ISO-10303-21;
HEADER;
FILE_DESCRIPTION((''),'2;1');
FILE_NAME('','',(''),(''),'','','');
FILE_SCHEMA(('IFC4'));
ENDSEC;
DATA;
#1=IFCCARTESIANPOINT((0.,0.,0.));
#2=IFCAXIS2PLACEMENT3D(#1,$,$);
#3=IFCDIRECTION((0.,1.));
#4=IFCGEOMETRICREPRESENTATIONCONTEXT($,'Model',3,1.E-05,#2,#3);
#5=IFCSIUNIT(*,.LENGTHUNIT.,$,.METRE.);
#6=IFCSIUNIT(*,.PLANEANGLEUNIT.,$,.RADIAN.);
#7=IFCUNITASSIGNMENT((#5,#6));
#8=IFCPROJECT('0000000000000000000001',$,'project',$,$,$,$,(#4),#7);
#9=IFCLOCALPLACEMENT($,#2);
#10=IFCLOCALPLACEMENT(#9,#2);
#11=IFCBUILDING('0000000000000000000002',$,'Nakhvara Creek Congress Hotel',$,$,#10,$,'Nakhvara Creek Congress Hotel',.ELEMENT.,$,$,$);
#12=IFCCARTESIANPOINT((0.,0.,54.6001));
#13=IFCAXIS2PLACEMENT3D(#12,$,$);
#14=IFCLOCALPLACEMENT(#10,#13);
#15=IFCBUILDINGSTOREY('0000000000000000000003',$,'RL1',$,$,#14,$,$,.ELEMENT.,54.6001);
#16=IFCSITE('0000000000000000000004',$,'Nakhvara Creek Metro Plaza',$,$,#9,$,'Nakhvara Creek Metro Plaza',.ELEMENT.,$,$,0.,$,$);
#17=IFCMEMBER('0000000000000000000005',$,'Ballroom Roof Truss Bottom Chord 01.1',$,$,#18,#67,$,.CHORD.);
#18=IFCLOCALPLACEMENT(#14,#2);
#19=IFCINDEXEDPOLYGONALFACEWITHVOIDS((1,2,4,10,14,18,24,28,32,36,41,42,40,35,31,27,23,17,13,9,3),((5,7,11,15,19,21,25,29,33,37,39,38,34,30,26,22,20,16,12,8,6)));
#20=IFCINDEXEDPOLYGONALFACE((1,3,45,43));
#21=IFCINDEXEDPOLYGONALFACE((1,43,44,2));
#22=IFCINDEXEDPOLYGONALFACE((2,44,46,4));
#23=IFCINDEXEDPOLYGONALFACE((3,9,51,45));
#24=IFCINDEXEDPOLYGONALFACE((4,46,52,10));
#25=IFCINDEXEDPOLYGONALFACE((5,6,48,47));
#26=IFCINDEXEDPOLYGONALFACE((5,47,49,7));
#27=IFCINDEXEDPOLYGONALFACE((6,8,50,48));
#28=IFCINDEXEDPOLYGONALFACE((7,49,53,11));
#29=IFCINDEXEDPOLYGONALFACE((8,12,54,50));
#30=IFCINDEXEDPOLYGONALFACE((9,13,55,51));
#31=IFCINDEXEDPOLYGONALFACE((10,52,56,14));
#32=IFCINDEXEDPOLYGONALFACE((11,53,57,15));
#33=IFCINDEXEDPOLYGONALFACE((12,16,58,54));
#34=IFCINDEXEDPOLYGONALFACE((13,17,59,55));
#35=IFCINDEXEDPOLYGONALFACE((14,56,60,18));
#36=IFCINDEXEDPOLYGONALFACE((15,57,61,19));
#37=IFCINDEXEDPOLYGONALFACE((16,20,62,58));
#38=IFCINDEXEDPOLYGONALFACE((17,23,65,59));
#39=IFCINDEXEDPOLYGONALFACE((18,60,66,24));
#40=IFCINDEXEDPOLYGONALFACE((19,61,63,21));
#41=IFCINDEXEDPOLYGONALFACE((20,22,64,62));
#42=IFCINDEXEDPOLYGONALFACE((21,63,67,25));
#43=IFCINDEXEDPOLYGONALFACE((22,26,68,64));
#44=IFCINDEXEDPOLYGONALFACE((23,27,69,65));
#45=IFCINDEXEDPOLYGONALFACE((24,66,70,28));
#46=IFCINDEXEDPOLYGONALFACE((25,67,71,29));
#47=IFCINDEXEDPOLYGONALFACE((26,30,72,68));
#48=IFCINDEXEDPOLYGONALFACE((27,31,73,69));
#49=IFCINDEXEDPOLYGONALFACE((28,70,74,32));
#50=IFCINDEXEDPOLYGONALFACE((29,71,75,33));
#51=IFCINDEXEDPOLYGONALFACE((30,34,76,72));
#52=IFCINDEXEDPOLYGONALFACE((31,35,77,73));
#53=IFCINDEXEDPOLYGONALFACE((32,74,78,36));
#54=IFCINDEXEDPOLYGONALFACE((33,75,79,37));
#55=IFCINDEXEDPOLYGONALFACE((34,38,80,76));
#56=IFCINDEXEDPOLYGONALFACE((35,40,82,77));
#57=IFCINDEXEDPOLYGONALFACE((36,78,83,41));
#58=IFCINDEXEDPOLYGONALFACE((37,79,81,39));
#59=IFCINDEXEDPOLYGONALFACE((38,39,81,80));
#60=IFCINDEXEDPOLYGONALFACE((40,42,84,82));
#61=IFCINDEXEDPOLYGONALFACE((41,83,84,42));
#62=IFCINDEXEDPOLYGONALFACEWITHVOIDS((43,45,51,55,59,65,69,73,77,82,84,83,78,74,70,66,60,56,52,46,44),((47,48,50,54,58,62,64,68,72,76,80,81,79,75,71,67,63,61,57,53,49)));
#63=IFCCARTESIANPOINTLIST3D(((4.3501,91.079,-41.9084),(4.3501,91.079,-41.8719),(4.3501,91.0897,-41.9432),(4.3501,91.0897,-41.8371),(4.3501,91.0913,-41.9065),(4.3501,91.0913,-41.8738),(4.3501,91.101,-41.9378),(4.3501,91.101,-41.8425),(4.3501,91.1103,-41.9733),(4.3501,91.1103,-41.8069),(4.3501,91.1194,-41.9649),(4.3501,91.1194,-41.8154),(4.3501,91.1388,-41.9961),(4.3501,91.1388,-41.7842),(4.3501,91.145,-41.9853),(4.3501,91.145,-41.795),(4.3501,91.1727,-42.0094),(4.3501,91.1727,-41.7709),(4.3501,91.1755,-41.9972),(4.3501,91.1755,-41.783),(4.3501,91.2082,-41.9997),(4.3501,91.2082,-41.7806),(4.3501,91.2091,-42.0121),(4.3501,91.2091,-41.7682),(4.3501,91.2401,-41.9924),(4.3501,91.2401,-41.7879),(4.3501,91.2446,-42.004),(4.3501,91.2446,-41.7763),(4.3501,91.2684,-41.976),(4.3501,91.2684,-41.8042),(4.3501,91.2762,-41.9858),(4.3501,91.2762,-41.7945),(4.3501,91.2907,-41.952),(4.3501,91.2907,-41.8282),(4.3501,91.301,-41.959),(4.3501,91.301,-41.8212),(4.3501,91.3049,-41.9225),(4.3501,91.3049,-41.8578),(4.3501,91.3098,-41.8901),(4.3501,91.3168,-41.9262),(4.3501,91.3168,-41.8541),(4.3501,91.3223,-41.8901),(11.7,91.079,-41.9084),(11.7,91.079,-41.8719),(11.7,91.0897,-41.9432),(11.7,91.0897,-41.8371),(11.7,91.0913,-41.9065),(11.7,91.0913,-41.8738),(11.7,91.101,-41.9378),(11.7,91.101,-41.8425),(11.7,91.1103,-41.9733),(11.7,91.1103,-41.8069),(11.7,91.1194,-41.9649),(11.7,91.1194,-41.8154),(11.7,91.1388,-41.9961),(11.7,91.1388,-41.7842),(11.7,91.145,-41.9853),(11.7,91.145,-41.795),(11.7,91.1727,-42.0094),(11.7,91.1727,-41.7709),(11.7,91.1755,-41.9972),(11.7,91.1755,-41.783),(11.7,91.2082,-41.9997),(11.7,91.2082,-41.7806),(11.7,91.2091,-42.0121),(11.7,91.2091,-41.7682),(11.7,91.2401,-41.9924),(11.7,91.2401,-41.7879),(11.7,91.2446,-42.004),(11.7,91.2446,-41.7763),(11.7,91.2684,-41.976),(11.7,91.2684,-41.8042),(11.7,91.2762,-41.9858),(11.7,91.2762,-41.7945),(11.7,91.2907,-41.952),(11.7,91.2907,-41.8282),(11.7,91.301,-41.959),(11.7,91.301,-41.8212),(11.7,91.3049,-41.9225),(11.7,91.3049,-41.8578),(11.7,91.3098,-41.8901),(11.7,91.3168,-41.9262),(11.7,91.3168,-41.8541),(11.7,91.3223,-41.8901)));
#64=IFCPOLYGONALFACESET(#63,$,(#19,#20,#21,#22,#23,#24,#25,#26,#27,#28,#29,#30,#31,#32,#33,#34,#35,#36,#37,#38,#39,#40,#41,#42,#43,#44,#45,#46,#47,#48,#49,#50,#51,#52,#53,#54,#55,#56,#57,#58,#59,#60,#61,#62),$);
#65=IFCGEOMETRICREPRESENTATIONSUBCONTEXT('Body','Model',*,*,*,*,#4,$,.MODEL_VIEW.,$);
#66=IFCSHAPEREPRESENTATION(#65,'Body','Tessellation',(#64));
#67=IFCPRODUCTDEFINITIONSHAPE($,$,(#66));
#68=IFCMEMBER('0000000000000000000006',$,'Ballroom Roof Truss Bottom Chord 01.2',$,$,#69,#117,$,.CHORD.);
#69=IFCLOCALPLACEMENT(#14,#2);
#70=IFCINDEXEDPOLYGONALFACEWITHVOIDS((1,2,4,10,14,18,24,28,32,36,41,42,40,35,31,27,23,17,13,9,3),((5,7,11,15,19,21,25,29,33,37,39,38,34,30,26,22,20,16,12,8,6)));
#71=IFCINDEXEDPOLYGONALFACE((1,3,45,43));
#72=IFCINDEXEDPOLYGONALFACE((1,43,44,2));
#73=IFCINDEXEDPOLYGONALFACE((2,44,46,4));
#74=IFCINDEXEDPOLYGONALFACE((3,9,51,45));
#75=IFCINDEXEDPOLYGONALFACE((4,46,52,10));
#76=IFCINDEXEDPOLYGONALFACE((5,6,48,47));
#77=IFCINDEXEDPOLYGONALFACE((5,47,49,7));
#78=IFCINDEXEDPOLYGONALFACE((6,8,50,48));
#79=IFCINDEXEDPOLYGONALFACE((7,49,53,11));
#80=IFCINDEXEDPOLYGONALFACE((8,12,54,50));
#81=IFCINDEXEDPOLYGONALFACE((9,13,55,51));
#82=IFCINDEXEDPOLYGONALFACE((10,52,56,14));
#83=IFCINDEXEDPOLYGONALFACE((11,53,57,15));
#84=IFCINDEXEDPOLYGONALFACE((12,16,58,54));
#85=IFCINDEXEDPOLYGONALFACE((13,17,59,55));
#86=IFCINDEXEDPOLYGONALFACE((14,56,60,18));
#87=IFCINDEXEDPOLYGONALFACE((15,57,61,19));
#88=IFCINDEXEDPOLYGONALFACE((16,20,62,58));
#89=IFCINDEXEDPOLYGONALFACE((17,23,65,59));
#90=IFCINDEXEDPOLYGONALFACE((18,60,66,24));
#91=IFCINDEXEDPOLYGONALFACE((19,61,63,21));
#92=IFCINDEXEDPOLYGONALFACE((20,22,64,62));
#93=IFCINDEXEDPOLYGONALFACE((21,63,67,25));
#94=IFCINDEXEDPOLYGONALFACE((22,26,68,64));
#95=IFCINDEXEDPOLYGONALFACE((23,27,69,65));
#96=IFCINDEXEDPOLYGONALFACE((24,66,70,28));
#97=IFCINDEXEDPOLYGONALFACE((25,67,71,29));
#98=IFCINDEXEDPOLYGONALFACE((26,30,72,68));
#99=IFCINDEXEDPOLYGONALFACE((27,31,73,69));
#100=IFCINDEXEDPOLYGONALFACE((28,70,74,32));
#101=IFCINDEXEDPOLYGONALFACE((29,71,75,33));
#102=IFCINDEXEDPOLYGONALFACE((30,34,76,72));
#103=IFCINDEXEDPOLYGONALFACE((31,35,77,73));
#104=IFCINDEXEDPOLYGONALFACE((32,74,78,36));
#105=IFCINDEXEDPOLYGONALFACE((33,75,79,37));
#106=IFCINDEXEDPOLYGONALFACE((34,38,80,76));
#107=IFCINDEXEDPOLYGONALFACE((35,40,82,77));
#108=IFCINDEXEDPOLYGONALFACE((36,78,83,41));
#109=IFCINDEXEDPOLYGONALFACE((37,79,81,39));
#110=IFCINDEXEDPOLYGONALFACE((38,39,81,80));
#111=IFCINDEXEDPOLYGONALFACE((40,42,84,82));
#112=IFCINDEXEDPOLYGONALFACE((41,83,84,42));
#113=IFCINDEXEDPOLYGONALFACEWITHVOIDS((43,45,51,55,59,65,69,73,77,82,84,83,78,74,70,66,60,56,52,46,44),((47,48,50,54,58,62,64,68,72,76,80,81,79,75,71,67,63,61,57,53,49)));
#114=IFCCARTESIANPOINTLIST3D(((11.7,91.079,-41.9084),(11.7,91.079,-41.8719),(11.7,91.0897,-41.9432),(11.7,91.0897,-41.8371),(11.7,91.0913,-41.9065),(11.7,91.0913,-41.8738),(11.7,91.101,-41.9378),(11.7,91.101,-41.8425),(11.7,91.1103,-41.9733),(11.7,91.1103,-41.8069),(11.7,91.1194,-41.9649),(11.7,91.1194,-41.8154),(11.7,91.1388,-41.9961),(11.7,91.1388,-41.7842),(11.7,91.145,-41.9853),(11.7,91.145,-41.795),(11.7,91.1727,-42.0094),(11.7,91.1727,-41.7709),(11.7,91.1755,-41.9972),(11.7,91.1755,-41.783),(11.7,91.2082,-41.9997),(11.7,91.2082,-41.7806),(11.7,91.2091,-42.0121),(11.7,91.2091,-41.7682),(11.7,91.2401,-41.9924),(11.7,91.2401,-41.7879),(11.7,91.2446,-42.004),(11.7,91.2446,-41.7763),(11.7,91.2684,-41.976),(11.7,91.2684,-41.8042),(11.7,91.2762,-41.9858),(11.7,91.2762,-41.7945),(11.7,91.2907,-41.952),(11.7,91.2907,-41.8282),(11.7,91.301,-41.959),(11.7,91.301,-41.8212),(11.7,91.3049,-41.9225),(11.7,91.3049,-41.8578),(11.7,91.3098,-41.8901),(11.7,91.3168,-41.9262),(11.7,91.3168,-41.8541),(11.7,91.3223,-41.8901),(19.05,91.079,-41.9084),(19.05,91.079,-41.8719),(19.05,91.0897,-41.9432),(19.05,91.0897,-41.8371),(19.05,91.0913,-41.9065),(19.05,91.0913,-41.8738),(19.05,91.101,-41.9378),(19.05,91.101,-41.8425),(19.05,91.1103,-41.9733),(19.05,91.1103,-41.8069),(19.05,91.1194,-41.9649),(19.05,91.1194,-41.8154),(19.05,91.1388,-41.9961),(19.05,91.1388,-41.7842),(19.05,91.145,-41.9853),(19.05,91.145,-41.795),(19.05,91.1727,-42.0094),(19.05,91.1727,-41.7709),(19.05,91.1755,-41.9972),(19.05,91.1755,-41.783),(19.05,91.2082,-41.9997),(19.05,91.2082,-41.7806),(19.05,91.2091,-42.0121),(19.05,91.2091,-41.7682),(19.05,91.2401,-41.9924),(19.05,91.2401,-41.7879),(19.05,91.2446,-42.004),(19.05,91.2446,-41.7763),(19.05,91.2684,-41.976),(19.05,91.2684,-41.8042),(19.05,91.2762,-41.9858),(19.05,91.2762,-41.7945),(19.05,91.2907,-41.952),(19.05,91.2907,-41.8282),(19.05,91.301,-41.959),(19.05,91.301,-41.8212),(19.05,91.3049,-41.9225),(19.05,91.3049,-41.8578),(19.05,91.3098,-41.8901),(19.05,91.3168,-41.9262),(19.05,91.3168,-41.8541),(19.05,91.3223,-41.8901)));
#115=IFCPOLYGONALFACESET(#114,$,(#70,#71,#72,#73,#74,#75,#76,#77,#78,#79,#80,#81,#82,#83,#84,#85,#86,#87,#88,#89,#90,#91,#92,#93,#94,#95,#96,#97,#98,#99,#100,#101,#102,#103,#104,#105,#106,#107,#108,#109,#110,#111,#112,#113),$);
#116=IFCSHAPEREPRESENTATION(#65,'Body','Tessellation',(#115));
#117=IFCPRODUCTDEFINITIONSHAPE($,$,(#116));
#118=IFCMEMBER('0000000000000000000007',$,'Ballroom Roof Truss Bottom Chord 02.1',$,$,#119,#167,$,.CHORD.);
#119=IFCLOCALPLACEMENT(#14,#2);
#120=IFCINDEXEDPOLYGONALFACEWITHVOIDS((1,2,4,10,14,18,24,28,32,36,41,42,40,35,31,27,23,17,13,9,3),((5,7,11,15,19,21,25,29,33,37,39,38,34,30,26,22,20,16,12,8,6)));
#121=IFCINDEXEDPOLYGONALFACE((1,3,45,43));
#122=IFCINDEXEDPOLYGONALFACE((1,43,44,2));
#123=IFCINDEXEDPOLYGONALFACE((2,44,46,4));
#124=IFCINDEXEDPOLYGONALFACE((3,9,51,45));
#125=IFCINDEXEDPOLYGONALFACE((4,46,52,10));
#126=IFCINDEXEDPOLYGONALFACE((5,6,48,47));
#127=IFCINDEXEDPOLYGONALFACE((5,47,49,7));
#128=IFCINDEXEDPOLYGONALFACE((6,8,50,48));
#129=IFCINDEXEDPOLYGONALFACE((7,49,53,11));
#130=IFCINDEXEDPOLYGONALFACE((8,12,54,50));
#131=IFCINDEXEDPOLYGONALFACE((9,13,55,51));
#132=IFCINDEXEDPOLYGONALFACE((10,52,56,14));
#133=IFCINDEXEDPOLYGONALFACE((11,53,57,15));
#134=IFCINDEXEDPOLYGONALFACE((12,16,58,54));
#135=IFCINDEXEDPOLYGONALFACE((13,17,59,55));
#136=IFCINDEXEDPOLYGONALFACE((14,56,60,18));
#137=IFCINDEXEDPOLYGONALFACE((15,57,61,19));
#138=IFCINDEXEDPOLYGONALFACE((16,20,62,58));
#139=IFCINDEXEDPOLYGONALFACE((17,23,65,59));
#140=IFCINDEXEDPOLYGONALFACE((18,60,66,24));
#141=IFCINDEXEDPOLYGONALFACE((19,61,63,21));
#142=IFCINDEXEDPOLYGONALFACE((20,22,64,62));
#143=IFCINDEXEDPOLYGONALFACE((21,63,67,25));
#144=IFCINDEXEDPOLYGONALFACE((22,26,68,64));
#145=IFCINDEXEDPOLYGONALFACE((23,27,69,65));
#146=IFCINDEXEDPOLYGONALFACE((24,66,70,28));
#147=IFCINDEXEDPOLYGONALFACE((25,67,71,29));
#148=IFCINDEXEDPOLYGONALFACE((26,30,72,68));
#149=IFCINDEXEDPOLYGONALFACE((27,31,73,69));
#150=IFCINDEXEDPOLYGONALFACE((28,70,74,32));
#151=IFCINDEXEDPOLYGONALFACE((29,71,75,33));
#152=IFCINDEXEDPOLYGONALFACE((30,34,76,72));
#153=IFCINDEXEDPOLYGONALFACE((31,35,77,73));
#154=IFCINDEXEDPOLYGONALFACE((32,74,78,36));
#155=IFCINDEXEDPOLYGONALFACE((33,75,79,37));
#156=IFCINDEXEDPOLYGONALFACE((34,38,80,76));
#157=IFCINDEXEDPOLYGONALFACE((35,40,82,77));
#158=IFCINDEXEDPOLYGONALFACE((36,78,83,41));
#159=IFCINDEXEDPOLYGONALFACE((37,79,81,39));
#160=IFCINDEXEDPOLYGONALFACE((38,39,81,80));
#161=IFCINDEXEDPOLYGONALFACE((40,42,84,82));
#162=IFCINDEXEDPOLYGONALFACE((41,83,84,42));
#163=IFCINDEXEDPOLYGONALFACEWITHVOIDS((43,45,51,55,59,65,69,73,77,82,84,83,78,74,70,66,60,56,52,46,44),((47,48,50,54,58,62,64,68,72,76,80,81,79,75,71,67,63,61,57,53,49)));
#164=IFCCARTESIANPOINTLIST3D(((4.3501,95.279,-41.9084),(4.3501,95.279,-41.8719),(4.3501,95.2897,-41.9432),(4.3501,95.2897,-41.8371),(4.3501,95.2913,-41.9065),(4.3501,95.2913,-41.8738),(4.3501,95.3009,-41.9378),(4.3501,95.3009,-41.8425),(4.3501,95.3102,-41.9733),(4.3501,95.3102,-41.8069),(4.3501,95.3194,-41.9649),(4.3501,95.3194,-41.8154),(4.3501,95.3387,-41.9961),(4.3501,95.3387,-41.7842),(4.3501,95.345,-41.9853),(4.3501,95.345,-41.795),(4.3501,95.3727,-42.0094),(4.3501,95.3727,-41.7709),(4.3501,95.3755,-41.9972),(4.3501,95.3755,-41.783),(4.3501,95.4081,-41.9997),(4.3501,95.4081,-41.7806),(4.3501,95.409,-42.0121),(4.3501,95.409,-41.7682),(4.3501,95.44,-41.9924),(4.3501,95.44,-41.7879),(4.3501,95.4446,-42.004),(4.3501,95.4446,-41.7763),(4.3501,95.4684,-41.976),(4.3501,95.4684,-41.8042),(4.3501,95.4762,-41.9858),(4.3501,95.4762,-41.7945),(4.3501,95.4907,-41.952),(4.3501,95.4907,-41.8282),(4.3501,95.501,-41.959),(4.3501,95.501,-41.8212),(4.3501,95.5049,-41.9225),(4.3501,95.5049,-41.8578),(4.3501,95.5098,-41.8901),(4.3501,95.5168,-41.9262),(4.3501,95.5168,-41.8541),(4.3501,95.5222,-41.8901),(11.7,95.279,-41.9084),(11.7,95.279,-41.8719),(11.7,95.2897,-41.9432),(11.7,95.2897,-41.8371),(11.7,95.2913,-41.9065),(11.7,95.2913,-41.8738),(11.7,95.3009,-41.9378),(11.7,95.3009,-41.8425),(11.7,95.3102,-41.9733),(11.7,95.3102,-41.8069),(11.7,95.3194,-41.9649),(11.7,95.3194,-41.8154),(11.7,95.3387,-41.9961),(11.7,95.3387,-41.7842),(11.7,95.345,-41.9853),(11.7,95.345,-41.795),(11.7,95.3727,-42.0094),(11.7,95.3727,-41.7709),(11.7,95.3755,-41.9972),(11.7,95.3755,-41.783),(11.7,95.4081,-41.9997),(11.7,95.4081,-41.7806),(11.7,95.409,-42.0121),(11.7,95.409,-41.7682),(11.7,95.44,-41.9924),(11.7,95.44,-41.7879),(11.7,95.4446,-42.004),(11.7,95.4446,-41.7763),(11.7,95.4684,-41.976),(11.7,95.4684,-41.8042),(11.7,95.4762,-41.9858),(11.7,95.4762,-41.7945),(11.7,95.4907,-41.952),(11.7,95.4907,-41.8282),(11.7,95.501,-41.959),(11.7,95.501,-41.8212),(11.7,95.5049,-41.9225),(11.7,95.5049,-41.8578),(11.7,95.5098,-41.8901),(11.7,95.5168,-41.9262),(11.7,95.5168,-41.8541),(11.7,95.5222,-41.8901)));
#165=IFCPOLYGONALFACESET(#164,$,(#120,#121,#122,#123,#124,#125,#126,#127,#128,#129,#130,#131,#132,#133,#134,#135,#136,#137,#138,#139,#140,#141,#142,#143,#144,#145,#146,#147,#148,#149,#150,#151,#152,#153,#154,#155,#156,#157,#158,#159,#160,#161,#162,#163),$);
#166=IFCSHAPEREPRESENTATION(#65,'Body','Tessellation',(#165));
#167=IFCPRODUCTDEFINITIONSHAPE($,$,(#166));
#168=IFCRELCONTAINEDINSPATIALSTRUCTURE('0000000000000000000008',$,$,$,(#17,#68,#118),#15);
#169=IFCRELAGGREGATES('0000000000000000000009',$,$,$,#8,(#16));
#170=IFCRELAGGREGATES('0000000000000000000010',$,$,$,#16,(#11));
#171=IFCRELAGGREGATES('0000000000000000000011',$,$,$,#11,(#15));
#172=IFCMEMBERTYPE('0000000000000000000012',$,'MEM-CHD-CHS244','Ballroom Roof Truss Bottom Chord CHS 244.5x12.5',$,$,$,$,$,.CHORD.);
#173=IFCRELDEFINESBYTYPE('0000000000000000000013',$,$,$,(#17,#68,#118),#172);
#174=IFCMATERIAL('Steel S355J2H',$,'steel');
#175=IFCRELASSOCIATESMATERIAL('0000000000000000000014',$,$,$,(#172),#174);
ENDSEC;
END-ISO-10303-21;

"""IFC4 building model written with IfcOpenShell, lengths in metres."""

from ifc_helpers import new_model, si_unit, direction, frame, origin, origin_2d, place, context, subcontext, project, spatial, hollow_circle, extrude, material, material_profile, profile_set, type_object, element, save


model = new_model("IFC4")

# Units and contexts
model_context = context("Model", 3, precision=1e-05, world=origin(), true_north=direction((0.0, 1.0)))
body_context = subcontext(model_context, "Body", "Model", "MODEL_VIEW")
ifc_project = project(units=[si_unit("LENGTHUNIT", "METRE"), si_unit("PLANEANGLEUNIT", "RADIAN")], contexts=[model_context])

# Site, building, storey
site_placement = place(None, origin())
site = spatial("IfcSite", under=ifc_project, at=site_placement, Name="Nakhvara Creek Metro Plaza", LongName="Nakhvara Creek Metro Plaza", CompositionType="ELEMENT", RefElevation=0.0)
building_placement = place(site_placement, origin())
building = spatial("IfcBuilding", under=site, at=building_placement, Name="Nakhvara Creek Congress Hotel", LongName="Nakhvara Creek Congress Hotel", CompositionType="ELEMENT")
storey_placement = place(building_placement, frame((0.0, 0.0, 54.6001)))
storey = spatial("IfcBuildingStorey", under=building, at=storey_placement, Name="RL1", CompositionType="ELEMENT", Elevation=54.6001)

# Members
ifc_material_1 = material(Name="Steel S355J2H", Category="steel")
ifc_material_profile_1 = material_profile(ifc_material_1, hollow_circle(Radius=0.1223, WallThickness=0.0125, at=origin_2d()), Name="CHS 244.5x12.5", Category="LoadBearing")
ifc_profile_set_1 = profile_set([ifc_material_profile_1], Name="Steel S355J2H")
member_type_1 = type_object("IfcMemberType", Name="MEM-CHD-CHS244", Description="Ballroom Roof Truss Bottom Chord CHS 244.5x12.5", PredefinedType="CHORD", material=ifc_profile_set_1)
member_1_placement = place(storey_placement, frame((4.3501, 91.2, -41.8901), z_axis=(1.0, 0.0, 0.0), x_axis=(0.0, 1.0, 0.0)))
element("IfcMember", 1, at=member_1_placement, inside=storey, type_object=member_type_1, Name="Ballroom Roof Truss Bottom Chord 01.1", PredefinedType="CHORD", context=body_context, shape_type="SweptSolid", body=[
    extrude(hollow_circle(Radius=0.1223, WallThickness=0.0125, at=origin_2d()), origin(), (0.0, 0.0, 1.0), 7.3499),
])
member_2_placement = place(storey_placement, frame((11.7, 91.2, -41.8901), z_axis=(1.0, 0.0, 0.0), x_axis=(0.0, 1.0, 0.0)))
element("IfcMember", 2, at=member_2_placement, inside=storey, type_object=member_type_1, Name="Ballroom Roof Truss Bottom Chord 01.2", PredefinedType="CHORD", context=body_context, shape_type="SweptSolid", body=[
    extrude(hollow_circle(Radius=0.1223, WallThickness=0.0125, at=origin_2d()), origin(), (0.0, 0.0, 1.0), 7.3501),
])
member_3_placement = place(storey_placement, frame((4.3501, 95.3999, -41.8901), z_axis=(1.0, 0.0, 0.0), x_axis=(0.0, 1.0, 0.0)))
element("IfcMember", 3, at=member_3_placement, inside=storey, type_object=member_type_1, Name="Ballroom Roof Truss Bottom Chord 02.1", PredefinedType="CHORD", context=body_context, shape_type="SweptSolid", body=[
    extrude(hollow_circle(Radius=0.1223, WallThickness=0.0125, at=origin_2d()), origin(), (0.0, 0.0, 1.0), 7.3499),
])

save(model, "model.ifc")
